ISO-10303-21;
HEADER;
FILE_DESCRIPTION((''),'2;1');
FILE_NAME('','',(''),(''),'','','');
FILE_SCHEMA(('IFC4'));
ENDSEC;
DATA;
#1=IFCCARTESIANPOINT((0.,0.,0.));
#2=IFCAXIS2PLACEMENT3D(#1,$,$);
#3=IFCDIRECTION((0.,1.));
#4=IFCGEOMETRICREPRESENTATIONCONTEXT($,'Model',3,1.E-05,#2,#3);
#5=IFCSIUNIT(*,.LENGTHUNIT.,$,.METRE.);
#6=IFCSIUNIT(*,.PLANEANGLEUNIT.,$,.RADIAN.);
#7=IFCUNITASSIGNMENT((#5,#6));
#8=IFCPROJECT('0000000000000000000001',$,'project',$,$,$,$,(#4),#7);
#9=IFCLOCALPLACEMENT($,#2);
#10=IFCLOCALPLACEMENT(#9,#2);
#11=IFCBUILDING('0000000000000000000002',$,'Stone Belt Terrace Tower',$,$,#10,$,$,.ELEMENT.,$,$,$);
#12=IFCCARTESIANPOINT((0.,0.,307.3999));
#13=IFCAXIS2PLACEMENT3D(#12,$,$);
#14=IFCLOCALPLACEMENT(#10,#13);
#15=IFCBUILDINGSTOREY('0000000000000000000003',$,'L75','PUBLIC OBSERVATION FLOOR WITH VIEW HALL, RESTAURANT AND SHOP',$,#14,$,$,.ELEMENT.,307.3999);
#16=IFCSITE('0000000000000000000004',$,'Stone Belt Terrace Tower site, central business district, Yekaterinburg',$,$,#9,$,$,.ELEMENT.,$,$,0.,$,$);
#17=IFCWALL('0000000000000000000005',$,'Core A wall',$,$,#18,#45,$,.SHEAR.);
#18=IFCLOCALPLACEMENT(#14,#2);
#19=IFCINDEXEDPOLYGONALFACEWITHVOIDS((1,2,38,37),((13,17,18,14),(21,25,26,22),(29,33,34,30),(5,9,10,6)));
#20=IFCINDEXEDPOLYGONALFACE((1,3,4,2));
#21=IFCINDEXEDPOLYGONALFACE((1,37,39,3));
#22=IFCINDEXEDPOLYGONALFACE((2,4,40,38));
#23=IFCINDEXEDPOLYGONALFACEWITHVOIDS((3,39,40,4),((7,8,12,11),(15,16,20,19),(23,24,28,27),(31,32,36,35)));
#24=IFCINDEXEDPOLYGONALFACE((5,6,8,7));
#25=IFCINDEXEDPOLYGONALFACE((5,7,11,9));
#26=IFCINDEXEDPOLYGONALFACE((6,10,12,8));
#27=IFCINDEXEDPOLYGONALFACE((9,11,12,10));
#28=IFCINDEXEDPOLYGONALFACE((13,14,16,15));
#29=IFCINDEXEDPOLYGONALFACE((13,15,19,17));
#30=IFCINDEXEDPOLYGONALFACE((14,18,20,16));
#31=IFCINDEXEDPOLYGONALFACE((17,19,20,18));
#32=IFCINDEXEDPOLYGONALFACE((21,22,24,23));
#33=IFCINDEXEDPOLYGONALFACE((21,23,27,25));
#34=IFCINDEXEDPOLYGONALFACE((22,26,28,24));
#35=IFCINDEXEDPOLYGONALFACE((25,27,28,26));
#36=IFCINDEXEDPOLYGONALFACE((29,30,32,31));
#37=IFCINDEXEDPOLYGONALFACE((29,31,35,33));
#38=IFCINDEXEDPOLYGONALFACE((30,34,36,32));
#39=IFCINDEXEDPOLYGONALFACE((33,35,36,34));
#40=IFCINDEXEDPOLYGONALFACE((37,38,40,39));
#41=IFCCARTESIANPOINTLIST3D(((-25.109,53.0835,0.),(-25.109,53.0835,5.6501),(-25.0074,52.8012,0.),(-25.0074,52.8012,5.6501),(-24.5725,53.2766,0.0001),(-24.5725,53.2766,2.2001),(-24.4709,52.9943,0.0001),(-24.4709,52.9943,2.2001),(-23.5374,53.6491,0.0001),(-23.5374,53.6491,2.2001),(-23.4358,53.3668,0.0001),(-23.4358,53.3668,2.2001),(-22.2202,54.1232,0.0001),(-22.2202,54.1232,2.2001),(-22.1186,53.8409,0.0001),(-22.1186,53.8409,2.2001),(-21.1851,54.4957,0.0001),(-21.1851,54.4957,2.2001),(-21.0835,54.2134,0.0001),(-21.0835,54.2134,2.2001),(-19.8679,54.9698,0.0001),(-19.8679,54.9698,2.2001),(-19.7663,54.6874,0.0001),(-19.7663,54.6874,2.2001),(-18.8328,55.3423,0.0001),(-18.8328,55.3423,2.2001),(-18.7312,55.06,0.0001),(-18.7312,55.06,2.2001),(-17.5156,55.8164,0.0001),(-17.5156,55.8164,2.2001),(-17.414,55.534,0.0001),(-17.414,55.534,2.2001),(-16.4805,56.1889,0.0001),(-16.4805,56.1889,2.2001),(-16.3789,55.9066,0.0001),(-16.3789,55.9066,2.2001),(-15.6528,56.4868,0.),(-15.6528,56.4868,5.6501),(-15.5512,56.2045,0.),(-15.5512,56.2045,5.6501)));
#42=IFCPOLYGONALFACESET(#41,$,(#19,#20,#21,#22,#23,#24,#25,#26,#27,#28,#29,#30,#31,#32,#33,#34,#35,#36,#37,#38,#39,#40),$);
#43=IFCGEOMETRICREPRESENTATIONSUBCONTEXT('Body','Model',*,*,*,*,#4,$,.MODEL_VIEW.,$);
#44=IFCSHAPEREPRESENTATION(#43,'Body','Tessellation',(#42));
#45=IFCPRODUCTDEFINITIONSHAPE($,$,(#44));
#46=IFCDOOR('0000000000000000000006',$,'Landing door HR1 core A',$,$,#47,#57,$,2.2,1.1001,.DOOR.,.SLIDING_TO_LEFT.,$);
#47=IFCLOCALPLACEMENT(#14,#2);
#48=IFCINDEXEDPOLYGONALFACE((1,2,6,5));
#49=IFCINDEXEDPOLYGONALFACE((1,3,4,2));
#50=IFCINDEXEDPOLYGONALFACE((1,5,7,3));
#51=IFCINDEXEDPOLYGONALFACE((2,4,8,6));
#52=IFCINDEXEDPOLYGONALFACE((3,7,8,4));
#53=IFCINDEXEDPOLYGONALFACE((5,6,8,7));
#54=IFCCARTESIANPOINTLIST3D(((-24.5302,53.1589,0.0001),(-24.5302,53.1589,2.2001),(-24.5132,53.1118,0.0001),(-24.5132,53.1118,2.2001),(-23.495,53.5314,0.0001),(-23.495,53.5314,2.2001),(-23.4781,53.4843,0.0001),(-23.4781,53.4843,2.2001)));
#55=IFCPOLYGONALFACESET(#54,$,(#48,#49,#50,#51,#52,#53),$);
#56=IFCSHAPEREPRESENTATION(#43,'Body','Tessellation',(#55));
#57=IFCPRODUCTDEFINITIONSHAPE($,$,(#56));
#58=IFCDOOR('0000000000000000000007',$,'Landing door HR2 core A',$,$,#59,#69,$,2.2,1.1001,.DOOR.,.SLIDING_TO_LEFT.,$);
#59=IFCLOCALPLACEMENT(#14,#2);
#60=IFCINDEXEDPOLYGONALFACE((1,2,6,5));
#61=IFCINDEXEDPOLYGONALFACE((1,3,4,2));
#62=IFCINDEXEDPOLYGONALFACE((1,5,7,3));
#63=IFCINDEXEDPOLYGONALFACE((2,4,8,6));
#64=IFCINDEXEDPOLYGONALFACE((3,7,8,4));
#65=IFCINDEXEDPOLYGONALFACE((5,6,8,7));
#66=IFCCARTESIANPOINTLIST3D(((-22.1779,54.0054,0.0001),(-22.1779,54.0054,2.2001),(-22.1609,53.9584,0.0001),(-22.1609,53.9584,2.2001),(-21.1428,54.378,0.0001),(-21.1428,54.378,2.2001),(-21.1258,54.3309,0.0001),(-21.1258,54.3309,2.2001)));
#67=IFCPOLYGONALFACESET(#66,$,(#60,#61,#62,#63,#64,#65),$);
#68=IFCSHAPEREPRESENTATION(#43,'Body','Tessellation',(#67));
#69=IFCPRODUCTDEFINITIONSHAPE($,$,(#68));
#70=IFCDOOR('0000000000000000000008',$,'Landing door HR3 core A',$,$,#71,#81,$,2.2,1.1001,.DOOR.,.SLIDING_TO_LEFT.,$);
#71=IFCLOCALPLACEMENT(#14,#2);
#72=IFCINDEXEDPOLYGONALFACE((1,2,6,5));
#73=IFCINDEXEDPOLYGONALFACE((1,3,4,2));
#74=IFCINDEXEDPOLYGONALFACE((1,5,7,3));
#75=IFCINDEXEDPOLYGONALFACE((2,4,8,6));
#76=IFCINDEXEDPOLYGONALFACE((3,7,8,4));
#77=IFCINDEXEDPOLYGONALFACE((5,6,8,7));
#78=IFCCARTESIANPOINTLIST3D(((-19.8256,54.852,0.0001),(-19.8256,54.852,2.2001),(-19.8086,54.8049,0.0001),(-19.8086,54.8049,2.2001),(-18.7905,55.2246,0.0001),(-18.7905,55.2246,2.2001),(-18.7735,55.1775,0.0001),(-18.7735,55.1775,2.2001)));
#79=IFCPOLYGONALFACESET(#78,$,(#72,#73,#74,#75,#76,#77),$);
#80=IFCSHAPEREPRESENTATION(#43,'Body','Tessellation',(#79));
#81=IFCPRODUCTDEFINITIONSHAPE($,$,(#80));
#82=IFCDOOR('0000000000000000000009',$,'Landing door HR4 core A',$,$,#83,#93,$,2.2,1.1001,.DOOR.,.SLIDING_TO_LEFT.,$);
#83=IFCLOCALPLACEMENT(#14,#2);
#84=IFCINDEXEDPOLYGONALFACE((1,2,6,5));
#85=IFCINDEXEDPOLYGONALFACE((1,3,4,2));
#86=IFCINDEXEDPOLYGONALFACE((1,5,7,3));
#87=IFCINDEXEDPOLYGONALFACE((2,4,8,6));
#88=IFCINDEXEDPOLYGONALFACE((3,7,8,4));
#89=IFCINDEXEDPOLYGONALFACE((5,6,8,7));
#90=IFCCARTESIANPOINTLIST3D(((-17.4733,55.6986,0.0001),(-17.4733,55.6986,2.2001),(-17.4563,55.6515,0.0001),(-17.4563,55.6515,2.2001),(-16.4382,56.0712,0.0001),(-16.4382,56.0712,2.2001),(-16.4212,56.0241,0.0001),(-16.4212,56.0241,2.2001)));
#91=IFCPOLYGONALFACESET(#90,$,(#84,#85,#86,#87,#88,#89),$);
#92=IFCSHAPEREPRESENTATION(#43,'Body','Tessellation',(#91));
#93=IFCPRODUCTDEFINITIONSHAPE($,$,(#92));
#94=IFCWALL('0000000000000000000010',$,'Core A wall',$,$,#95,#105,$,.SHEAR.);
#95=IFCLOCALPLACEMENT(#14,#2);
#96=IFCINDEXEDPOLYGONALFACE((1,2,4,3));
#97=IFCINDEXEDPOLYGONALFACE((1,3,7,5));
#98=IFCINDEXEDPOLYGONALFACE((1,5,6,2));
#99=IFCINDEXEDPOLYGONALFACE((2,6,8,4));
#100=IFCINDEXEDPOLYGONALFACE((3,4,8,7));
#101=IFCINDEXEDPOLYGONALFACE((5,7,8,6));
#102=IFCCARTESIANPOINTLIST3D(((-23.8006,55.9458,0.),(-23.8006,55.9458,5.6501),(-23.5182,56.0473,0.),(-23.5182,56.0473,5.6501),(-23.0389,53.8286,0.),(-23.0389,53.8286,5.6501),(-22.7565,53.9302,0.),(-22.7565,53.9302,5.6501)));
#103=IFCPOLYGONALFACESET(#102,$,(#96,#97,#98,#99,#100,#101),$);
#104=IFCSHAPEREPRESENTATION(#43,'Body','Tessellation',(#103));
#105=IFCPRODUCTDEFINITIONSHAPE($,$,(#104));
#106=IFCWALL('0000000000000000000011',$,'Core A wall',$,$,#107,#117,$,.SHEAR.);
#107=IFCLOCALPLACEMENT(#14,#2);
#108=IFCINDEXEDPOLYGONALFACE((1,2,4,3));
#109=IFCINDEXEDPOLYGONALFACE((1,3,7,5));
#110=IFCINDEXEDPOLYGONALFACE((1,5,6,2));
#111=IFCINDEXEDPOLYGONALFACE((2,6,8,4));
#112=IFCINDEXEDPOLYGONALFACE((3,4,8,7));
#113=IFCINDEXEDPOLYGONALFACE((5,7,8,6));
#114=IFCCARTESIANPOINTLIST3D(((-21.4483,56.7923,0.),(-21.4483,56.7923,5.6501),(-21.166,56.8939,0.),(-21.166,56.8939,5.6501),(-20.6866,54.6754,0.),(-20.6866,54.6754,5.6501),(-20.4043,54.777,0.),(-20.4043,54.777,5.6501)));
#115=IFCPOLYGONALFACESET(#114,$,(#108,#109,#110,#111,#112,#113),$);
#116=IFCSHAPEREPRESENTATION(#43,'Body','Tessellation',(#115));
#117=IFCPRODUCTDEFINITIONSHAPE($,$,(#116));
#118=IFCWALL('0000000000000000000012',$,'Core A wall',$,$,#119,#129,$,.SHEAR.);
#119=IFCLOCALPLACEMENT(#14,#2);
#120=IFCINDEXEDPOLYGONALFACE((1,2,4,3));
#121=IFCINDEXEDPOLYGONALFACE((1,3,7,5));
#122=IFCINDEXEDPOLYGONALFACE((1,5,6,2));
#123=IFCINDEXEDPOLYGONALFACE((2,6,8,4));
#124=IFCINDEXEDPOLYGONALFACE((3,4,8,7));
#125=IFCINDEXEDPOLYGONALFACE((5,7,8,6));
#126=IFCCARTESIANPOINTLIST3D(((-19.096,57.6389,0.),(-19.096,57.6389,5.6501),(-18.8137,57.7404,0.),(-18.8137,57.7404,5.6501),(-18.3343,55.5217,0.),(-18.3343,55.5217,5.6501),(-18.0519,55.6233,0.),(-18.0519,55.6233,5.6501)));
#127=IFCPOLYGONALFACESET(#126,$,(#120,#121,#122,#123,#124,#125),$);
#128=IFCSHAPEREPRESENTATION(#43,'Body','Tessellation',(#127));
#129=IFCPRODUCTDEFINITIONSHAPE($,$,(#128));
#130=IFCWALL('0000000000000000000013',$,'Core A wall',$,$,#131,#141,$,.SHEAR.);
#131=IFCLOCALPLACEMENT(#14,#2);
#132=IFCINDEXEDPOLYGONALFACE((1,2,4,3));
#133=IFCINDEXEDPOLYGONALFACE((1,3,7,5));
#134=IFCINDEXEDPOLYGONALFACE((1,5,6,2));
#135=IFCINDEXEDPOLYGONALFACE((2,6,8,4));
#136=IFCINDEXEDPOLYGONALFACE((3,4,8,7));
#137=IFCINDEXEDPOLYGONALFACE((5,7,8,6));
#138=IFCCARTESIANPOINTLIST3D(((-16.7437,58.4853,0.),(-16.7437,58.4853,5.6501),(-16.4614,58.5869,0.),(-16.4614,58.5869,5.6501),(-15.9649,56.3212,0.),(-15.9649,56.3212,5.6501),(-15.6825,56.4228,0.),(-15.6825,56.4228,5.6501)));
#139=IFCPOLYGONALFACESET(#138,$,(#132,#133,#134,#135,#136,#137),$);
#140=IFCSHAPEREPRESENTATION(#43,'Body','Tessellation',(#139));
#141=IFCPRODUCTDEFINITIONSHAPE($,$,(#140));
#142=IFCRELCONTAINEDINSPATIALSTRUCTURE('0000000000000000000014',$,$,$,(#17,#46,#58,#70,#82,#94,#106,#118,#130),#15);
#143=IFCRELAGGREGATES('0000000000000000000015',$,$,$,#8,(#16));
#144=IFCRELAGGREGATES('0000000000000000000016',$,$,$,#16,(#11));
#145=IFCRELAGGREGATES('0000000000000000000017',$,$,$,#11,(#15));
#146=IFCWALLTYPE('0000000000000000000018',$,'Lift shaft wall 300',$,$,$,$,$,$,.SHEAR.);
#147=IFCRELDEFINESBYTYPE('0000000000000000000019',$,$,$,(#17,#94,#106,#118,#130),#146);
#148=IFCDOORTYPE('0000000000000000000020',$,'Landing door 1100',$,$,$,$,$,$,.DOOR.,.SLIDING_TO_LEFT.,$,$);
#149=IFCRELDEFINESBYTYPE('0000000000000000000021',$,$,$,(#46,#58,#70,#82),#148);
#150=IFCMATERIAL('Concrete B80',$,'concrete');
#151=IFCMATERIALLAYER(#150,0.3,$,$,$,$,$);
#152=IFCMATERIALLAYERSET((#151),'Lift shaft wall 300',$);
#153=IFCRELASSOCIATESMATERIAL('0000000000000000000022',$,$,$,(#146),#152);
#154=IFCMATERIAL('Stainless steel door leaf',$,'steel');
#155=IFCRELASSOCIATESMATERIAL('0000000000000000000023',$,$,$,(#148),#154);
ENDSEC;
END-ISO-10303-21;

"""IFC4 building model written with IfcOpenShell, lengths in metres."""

from ifc_helpers import new_model, si_unit, direction, frame, frame_2d, origin, place, context, subcontext, project, spatial, rectangle, extrude, material, layer, layer_set, type_object, element, fill, save


model = new_model("IFC4")

# Units and contexts
model_context = context("Model", 3, precision=1e-05, world=origin(), true_north=direction((0.0, 1.0)))
body_context = subcontext(model_context, "Body", "Model", "MODEL_VIEW")
ifc_project = project(units=[si_unit("LENGTHUNIT", "METRE"), si_unit("PLANEANGLEUNIT", "RADIAN")], contexts=[model_context])

# Site, building, storey
site_placement = place(None, origin())
site = spatial("IfcSite", under=ifc_project, at=site_placement, Name="Stone Belt Terrace Tower site, central business district, Yekaterinburg", CompositionType="ELEMENT", RefElevation=0.0)
building_placement = place(site_placement, origin())
building = spatial("IfcBuilding", under=site, at=building_placement, Name="Stone Belt Terrace Tower", CompositionType="ELEMENT")
storey_placement = place(building_placement, frame((0.0, 0.0, 307.3999)))
storey = spatial("IfcBuildingStorey", under=building, at=storey_placement, Name="L75", Description="PUBLIC OBSERVATION FLOOR WITH VIEW HALL, RESTAURANT AND SHOP", CompositionType="ELEMENT", Elevation=307.3999)

# Shared definitions
ifc_material_1 = material(Name="Concrete B80", Category="concrete")
ifc_layer_1 = layer(ifc_material_1, 0.3)
ifc_layer_set_1 = layer_set([ifc_layer_1], Name="Lift shaft wall 300")
wall_type_1 = type_object("IfcWallType", Name="Lift shaft wall 300", PredefinedType="SHEAR", material=ifc_layer_set_1)

# Wall, openings, doors
wall_1_placement = place(storey_placement, frame((-25.0581, 52.9424, 0.0), z_axis=(0.0, 0.0, 1.0), x_axis=(0.940917, 0.338636, 0.0)))
wall_1 = element("IfcWall", 1, at=wall_1_placement, inside=storey, type_object=wall_type_1, Name="Core A wall", PredefinedType="SHEAR", context=body_context, shape_type="SweptSolid", body=[
    extrude(rectangle(XDim=10.05, YDim=0.3, at=frame_2d((5.0249, 0.0))), origin(), (0.0, 0.0, 1.0), 5.6501),
])
opening_1_placement = place(wall_1_placement, frame((0.5701, 0.0, 0.0)))
opening_1 = element("IfcOpeningElement", 2, at=opening_1_placement, cuts=wall_1, PredefinedType="OPENING", context=body_context, shape_type="SweptSolid", body=[
    extrude(rectangle(XDim=1.1001, YDim=2.2, at=frame_2d((0.55, 1.1001))), frame((0.0, 0.1599, 0.0), z_axis=(0.0, -1.0, 0.0), x_axis=(1.0, 0.0, 0.0)), (0.0, 0.0, 1.0), 0.3201),
])
opening_2_placement = place(wall_1_placement, frame((3.0701, 0.0, 0.0)))
opening_2 = element("IfcOpeningElement", 3, at=opening_2_placement, cuts=wall_1, PredefinedType="OPENING", context=body_context, shape_type="SweptSolid", body=[
    extrude(rectangle(XDim=1.1001, YDim=2.2, at=frame_2d((0.55, 1.1001))), frame((0.0, 0.1599, 0.0), z_axis=(0.0, -1.0, 0.0), x_axis=(1.0, 0.0, 0.0)), (0.0, 0.0, 1.0), 0.3201),
])
opening_3_placement = place(wall_1_placement, frame((5.5701, 0.0, 0.0)))
opening_3 = element("IfcOpeningElement", 4, at=opening_3_placement, cuts=wall_1, PredefinedType="OPENING", context=body_context, shape_type="SweptSolid", body=[
    extrude(rectangle(XDim=1.1001, YDim=2.2, at=frame_2d((0.55, 1.1001))), frame((0.0, 0.1599, 0.0), z_axis=(0.0, -1.0, 0.0), x_axis=(1.0, 0.0, 0.0)), (0.0, 0.0, 1.0), 0.3201),
])
opening_4_placement = place(wall_1_placement, frame((8.0701, 0.0, 0.0)))
opening_4 = element("IfcOpeningElement", 5, at=opening_4_placement, cuts=wall_1, PredefinedType="OPENING", context=body_context, shape_type="SweptSolid", body=[
    extrude(rectangle(XDim=1.1001, YDim=2.2, at=frame_2d((0.55, 1.1001))), frame((0.0, 0.1599, 0.0), z_axis=(0.0, -1.0, 0.0), x_axis=(1.0, 0.0, 0.0)), (0.0, 0.0, 1.0), 0.3201),
])
ifc_material_2 = material(Name="Stainless steel door leaf", Category="steel")
door_type_1 = type_object("IfcDoorType", Name="Landing door 1100", OperationType="SLIDING_TO_LEFT", PredefinedType="DOOR", material=ifc_material_2)
door_1_placement = place(opening_1_placement, origin())
door_1 = element("IfcDoor", 6, at=door_1_placement, inside=storey, type_object=door_type_1, Name="Landing door HR1 core A", OperationType="SLIDING_TO_LEFT", OverallHeight=2.2, OverallWidth=1.1001, PredefinedType="DOOR", context=body_context, shape_type="SweptSolid", body=[
    extrude(rectangle(XDim=1.1001, YDim=2.2, at=frame_2d((0.55, 1.1001))), frame((0.0, 0.0249, 0.0), z_axis=(0.0, -1.0, 0.0), x_axis=(1.0, 0.0, 0.0)), (0.0, 0.0, 1.0), 0.05),
])
fill(opening_1, door_1)
door_2_placement = place(opening_2_placement, origin())
door_2 = element("IfcDoor", 7, at=door_2_placement, inside=storey, type_object=door_type_1, Name="Landing door HR2 core A", OperationType="SLIDING_TO_LEFT", OverallHeight=2.2, OverallWidth=1.1001, PredefinedType="DOOR", context=body_context, shape_type="SweptSolid", body=[
    extrude(rectangle(XDim=1.1001, YDim=2.2, at=frame_2d((0.55, 1.1001))), frame((0.0, 0.0249, 0.0), z_axis=(0.0, -1.0, 0.0), x_axis=(1.0, 0.0, 0.0)), (0.0, 0.0, 1.0), 0.05),
])
fill(opening_2, door_2)
door_3_placement = place(opening_3_placement, origin())
door_3 = element("IfcDoor", 8, at=door_3_placement, inside=storey, type_object=door_type_1, Name="Landing door HR3 core A", OperationType="SLIDING_TO_LEFT", OverallHeight=2.2, OverallWidth=1.1001, PredefinedType="DOOR", context=body_context, shape_type="SweptSolid", body=[
    extrude(rectangle(XDim=1.1001, YDim=2.2, at=frame_2d((0.55, 1.1001))), frame((0.0, 0.0249, 0.0), z_axis=(0.0, -1.0, 0.0), x_axis=(1.0, 0.0, 0.0)), (0.0, 0.0, 1.0), 0.05),
])
fill(opening_3, door_3)
door_4_placement = place(opening_4_placement, origin())
door_4 = element("IfcDoor", 9, at=door_4_placement, inside=storey, type_object=door_type_1, Name="Landing door HR4 core A", OperationType="SLIDING_TO_LEFT", OverallHeight=2.2, OverallWidth=1.1001, PredefinedType="DOOR", context=body_context, shape_type="SweptSolid", body=[
    extrude(rectangle(XDim=1.1001, YDim=2.2, at=frame_2d((0.55, 1.1001))), frame((0.0, 0.0249, 0.0), z_axis=(0.0, -1.0, 0.0), x_axis=(1.0, 0.0, 0.0)), (0.0, 0.0, 1.0), 0.05),
])
fill(opening_4, door_4)

# Walls
wall_2_placement = place(storey_placement, frame((-22.8977, 53.8794, 0.0), z_axis=(0.0, 0.0, 1.0), x_axis=(-0.338535, 0.940954, 0.0)))
element("IfcWall", 10, at=wall_2_placement, inside=storey, type_object=wall_type_1, Name="Core A wall", PredefinedType="SHEAR", context=body_context, shape_type="SweptSolid", body=[
    extrude(rectangle(XDim=2.25, YDim=0.3, at=frame_2d((1.125, 0.0))), origin(), (0.0, 0.0, 1.0), 5.6501),
])
wall_3_placement = place(storey_placement, frame((-20.5454, 54.7261, 0.0), z_axis=(0.0, 0.0, 1.0), x_axis=(-0.33857, 0.940941, 0.0)))
element("IfcWall", 11, at=wall_3_placement, inside=storey, type_object=wall_type_1, Name="Core A wall", PredefinedType="SHEAR", context=body_context, shape_type="SweptSolid", body=[
    extrude(rectangle(XDim=2.2498, YDim=0.3, at=frame_2d((1.125, 0.0))), origin(), (0.0, 0.0, 1.0), 5.6501),
])
wall_4_placement = place(storey_placement, frame((-18.1931, 55.5725, 0.0), z_axis=(0.0, 0.0, 1.0), x_axis=(-0.338535, 0.940954, 0.0)))
element("IfcWall", 12, at=wall_4_placement, inside=storey, type_object=wall_type_1, Name="Core A wall", PredefinedType="SHEAR", context=body_context, shape_type="SweptSolid", body=[
    extrude(rectangle(XDim=2.25, YDim=0.3, at=frame_2d((1.125, 0.0))), origin(), (0.0, 0.0, 1.0), 5.6501),
])
wall_5_placement = place(storey_placement, frame((-15.8237, 56.3721, 0.0), z_axis=(0.0, 0.0, 1.0), x_axis=(-0.338622, 0.940923, 0.0)))
element("IfcWall", 13, at=wall_5_placement, inside=storey, type_object=wall_type_1, Name="Core A wall", PredefinedType="SHEAR", context=body_context, shape_type="SweptSolid", body=[
    extrude(rectangle(XDim=2.3, YDim=0.3, at=frame_2d((1.1499, 0.0))), origin(), (0.0, 0.0, 1.0), 5.6501),
])

save(model, "model.ifc")
